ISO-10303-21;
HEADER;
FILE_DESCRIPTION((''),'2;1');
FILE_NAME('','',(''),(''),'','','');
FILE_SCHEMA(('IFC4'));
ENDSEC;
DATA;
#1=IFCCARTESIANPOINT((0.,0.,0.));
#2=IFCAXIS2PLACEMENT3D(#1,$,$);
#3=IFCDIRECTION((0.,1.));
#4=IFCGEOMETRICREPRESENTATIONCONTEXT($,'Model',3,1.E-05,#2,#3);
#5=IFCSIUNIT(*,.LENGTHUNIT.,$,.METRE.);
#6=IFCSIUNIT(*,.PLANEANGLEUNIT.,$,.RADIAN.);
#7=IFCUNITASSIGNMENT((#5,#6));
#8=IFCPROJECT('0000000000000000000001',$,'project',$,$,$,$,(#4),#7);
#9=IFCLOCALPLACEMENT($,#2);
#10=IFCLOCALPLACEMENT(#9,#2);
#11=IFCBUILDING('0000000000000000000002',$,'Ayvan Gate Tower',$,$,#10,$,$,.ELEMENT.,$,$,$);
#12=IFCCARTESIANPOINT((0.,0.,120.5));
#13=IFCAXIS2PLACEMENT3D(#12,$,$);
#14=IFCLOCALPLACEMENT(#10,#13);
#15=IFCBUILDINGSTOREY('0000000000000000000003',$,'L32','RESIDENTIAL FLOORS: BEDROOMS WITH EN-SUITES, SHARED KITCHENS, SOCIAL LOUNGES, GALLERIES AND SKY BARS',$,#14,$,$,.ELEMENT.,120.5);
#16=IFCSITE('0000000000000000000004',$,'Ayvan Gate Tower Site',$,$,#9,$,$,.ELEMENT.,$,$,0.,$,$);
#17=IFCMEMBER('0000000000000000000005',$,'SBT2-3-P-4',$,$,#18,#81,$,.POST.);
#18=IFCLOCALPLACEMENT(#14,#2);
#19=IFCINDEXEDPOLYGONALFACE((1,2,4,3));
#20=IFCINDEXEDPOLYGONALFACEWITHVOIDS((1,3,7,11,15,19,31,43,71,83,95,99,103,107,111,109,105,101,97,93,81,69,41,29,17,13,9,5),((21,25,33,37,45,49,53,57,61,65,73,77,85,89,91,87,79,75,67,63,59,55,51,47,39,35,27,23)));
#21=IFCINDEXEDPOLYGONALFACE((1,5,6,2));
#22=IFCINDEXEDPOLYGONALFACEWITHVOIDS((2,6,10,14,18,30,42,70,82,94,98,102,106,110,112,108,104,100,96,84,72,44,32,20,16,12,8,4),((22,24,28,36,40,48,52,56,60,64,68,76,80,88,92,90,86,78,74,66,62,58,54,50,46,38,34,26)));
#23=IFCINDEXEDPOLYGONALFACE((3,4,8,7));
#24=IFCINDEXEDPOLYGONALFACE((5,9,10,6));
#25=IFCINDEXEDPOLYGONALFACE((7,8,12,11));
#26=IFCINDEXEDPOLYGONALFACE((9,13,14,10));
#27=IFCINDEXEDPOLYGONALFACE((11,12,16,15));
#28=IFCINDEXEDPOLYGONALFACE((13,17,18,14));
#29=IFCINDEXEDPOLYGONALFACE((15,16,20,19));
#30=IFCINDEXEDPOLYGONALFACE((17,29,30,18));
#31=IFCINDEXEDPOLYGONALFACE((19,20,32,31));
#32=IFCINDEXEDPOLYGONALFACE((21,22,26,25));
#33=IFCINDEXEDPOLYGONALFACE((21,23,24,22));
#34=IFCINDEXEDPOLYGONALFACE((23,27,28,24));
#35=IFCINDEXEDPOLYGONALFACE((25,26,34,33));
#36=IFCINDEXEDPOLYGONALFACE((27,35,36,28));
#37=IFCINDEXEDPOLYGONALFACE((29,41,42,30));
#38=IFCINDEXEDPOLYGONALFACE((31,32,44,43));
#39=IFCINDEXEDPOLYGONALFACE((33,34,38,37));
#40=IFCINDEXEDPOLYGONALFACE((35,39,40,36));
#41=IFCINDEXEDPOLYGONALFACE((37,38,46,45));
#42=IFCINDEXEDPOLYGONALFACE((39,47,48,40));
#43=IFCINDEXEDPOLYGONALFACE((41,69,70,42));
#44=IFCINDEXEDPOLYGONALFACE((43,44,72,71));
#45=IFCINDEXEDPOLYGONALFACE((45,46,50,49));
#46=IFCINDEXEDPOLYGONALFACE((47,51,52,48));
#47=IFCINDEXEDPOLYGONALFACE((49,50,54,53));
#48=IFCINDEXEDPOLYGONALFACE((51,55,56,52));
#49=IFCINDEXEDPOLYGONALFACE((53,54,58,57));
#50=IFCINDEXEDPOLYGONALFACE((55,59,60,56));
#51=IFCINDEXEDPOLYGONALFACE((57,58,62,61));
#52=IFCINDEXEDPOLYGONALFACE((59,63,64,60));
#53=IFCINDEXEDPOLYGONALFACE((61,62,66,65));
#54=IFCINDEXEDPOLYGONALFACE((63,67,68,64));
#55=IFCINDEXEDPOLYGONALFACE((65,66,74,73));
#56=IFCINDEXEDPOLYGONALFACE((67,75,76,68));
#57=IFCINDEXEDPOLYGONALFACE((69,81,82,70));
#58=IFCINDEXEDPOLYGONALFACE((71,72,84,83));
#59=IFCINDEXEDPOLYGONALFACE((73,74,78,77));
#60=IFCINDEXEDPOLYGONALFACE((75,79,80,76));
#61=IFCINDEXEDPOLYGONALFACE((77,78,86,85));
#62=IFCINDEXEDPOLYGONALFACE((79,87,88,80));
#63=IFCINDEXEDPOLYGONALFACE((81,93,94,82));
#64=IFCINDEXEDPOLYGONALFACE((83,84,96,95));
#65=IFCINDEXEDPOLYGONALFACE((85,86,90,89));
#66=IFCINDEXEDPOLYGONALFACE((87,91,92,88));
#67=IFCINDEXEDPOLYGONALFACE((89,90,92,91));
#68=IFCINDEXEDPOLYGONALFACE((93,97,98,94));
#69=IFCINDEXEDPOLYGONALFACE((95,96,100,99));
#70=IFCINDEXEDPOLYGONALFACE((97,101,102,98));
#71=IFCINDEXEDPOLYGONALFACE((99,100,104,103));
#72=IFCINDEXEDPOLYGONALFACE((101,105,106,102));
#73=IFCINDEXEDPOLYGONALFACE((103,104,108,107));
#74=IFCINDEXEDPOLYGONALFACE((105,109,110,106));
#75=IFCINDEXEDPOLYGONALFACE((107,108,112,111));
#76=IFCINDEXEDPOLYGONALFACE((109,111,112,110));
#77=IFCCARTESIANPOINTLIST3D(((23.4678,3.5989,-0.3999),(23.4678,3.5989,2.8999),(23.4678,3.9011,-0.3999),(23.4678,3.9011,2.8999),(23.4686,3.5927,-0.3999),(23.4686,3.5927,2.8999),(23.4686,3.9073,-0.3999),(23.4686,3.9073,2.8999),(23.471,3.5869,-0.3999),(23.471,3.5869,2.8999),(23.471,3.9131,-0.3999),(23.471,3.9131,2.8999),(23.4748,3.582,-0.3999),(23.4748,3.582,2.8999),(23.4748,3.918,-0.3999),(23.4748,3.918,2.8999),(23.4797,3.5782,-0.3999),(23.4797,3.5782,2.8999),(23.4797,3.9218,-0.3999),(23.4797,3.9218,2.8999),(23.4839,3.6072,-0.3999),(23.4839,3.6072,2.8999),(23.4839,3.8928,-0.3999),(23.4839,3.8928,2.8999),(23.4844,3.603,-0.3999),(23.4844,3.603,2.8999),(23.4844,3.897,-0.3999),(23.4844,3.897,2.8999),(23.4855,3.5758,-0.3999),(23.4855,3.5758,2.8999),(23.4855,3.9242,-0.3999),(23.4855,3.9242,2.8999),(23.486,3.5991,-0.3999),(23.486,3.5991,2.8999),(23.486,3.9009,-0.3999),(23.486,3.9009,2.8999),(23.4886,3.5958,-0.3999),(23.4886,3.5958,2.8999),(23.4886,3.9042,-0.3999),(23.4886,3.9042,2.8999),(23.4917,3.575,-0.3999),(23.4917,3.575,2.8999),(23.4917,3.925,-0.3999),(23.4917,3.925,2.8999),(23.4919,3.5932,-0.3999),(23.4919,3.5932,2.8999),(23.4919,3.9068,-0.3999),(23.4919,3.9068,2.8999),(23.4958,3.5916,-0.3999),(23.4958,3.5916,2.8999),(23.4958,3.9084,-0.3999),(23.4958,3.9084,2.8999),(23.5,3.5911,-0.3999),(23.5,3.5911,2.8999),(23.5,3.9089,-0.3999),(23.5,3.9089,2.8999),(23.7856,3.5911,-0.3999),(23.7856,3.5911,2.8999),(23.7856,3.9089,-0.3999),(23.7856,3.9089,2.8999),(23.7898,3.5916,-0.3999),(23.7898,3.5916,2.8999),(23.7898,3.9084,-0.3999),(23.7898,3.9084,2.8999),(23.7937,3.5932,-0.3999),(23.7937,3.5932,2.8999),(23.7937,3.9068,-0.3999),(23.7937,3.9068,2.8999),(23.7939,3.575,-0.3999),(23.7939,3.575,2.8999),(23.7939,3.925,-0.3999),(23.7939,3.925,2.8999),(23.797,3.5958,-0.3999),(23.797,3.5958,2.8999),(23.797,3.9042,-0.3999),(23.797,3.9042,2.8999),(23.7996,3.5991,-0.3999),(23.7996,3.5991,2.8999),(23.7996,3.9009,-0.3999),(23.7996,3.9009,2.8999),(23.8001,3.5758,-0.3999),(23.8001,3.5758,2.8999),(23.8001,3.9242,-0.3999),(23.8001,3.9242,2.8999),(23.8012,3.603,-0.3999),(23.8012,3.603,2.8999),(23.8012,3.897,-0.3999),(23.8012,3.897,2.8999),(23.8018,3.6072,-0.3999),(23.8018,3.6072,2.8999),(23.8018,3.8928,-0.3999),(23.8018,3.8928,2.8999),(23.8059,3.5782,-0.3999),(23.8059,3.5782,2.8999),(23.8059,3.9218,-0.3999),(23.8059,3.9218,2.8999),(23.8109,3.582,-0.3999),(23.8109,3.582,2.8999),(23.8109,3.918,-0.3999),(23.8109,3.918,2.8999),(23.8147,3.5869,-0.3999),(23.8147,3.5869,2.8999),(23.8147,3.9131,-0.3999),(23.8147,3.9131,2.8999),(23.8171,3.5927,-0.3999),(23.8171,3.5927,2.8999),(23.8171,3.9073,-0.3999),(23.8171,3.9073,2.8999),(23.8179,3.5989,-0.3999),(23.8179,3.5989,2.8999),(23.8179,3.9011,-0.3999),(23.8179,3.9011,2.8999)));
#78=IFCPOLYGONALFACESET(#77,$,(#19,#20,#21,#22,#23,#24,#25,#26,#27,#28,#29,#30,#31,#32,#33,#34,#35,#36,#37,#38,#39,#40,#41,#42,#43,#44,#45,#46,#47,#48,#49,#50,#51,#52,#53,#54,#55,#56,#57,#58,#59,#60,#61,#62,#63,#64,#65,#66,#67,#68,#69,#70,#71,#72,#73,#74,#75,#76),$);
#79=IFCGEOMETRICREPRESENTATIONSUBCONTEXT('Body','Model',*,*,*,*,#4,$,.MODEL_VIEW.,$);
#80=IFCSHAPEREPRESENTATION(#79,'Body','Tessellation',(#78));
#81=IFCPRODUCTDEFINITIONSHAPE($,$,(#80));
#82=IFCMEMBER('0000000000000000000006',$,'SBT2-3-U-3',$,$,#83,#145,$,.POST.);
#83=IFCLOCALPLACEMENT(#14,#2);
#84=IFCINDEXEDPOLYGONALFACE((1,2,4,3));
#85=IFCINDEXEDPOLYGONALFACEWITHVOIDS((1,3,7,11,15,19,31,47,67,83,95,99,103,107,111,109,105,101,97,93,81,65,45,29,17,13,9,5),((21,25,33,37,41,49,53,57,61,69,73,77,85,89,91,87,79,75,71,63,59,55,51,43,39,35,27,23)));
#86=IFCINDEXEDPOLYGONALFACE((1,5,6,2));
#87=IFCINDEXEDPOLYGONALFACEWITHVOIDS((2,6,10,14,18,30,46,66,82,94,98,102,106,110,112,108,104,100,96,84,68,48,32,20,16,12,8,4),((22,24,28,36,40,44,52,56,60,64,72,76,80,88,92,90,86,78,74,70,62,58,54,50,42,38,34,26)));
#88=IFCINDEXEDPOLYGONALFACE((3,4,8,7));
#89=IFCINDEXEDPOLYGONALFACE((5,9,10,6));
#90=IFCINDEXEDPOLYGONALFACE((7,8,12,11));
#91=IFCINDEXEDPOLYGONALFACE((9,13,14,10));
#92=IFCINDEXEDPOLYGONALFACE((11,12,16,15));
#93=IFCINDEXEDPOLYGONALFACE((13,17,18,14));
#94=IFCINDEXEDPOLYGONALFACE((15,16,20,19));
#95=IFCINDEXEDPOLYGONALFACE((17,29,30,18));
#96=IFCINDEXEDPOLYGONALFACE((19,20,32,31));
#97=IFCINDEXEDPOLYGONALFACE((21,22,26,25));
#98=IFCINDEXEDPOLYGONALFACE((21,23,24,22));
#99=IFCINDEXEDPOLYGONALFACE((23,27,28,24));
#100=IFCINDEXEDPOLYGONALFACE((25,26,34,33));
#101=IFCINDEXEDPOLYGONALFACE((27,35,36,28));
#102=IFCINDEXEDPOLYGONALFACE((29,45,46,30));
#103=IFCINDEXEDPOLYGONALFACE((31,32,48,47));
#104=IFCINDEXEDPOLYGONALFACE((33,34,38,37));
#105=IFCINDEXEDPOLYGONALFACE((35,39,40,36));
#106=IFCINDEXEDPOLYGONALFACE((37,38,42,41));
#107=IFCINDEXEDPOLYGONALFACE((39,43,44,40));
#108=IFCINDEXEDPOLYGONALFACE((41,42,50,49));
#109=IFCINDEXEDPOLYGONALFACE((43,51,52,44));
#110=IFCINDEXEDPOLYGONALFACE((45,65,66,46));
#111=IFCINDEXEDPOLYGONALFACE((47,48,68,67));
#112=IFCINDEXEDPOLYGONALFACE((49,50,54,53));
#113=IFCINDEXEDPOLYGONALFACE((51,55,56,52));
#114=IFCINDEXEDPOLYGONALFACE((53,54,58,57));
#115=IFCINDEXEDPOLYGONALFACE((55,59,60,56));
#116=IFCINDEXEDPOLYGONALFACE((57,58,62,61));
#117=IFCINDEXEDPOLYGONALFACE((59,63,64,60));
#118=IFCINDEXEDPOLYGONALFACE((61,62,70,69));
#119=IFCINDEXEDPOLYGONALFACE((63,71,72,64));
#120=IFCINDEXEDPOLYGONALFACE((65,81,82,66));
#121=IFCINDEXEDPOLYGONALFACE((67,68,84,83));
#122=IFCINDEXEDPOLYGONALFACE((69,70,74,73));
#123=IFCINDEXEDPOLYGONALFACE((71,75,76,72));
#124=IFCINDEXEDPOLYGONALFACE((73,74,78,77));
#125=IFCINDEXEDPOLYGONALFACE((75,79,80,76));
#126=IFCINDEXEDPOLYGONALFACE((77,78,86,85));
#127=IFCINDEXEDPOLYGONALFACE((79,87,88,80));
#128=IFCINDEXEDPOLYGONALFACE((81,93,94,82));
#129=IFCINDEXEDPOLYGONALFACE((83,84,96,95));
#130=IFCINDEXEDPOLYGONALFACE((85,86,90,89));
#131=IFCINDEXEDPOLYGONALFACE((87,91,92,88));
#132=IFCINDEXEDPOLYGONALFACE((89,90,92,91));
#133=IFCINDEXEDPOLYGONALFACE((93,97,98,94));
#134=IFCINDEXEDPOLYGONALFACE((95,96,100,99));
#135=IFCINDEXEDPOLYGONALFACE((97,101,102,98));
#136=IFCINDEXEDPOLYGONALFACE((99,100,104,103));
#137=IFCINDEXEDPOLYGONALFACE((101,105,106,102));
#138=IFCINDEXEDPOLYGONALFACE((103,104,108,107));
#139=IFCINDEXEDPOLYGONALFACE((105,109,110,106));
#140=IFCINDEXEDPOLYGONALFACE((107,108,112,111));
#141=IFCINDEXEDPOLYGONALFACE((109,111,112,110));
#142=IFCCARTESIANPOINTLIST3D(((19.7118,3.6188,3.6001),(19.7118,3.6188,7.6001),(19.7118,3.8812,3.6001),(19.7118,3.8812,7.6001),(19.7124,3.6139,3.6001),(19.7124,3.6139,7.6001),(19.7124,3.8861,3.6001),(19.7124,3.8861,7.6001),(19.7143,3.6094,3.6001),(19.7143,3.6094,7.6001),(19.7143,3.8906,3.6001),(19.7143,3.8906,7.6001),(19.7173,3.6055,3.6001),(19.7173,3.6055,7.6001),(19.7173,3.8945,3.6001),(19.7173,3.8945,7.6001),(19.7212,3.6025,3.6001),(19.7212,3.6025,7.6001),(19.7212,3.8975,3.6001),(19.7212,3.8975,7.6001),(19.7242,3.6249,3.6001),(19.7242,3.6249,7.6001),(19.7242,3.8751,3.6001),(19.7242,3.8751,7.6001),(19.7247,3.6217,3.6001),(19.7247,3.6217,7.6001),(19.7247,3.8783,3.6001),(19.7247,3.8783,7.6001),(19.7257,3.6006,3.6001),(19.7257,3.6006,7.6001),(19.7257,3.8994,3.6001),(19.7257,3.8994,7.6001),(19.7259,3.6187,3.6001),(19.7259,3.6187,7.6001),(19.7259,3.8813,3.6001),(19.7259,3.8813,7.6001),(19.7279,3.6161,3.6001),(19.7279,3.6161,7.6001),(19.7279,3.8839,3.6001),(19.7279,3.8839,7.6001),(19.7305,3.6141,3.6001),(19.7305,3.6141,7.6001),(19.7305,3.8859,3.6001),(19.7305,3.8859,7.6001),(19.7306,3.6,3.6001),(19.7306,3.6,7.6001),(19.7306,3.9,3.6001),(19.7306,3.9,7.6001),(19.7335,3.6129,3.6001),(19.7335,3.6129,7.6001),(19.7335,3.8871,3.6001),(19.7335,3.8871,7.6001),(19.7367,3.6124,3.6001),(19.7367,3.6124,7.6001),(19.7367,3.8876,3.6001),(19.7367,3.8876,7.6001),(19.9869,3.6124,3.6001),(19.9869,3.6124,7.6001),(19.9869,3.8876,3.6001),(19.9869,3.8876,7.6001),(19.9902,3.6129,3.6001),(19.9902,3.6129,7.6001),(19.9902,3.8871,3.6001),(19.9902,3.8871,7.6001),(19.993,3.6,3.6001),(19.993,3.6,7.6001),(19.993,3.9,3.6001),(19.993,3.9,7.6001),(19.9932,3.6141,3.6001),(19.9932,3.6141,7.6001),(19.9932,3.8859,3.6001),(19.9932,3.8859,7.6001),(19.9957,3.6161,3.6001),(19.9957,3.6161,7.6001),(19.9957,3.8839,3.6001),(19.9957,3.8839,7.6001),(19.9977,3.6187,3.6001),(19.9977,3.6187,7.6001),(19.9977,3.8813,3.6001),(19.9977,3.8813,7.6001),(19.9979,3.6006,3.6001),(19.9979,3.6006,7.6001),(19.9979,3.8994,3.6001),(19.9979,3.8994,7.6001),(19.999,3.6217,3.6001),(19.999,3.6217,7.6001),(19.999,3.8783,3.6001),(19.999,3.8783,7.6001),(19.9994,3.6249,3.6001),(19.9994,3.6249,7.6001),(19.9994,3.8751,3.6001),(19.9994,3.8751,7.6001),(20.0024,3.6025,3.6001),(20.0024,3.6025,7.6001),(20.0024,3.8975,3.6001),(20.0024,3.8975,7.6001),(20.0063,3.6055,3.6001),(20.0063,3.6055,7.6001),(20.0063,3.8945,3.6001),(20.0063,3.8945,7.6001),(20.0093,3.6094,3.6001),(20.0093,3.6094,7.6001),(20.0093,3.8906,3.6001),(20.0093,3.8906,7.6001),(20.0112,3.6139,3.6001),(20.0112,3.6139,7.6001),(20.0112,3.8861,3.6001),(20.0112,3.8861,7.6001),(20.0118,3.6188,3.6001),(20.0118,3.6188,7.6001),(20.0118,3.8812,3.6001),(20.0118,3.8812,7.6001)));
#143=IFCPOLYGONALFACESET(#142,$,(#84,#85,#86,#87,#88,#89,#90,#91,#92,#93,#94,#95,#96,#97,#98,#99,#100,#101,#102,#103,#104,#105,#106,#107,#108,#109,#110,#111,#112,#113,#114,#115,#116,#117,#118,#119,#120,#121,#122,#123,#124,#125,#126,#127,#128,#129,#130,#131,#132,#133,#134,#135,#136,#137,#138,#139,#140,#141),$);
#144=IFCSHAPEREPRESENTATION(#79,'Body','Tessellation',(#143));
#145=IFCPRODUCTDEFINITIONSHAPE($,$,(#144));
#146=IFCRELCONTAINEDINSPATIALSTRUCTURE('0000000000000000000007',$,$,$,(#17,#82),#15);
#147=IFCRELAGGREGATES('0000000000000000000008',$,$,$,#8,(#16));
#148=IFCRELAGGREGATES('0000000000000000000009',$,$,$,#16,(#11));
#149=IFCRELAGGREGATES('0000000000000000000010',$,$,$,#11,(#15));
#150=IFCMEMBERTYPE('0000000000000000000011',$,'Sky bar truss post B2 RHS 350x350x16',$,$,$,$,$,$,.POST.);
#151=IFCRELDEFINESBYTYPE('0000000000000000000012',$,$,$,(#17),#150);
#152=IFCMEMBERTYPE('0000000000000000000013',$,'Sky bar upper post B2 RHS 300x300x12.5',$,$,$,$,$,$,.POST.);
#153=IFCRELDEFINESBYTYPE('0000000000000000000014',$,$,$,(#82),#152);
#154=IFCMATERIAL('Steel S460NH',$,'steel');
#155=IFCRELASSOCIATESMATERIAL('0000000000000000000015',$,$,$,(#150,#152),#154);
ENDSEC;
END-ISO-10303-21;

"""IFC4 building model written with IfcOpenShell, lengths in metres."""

from ifc_helpers import new_model, si_unit, direction, frame, origin, origin_2d, place, context, subcontext, project, spatial, hollow_rectangle, extrude, material, material_profile, profile_set, type_object, element, save


model = new_model("IFC4")

# Units and contexts
model_context = context("Model", 3, precision=1e-05, world=origin(), true_north=direction((0.0, 1.0)))
body_context = subcontext(model_context, "Body", "Model", "MODEL_VIEW")
ifc_project = project(units=[si_unit("LENGTHUNIT", "METRE"), si_unit("PLANEANGLEUNIT", "RADIAN")], contexts=[model_context])

# Site, building, storey
site_placement = place(None, origin())
site = spatial("IfcSite", under=ifc_project, at=site_placement, Name="Ayvan Gate Tower Site", CompositionType="ELEMENT", RefElevation=0.0)
building_placement = place(site_placement, origin())
building = spatial("IfcBuilding", under=site, at=building_placement, Name="Ayvan Gate Tower", CompositionType="ELEMENT")
storey_placement = place(building_placement, frame((0.0, 0.0, 120.5)))
storey = spatial("IfcBuildingStorey", under=building, at=storey_placement, Name="L32", Description="RESIDENTIAL FLOORS: BEDROOMS WITH EN-SUITES, SHARED KITCHENS, SOCIAL LOUNGES, GALLERIES AND SKY BARS", CompositionType="ELEMENT", Elevation=120.5)

# Members
ifc_material_1 = material(Name="Steel S460NH", Category="steel")
ifc_material_profile_1 = material_profile(ifc_material_1, hollow_rectangle(XDim=0.3501, YDim=0.3501, WallThickness=0.0161, InnerFilletRadius=0.0161, OuterFilletRadius=0.0239, at=origin_2d()), Name="RHS 350x350x16")
ifc_profile_set_1 = profile_set([ifc_material_profile_1], Name="Steel S460NH")
member_type_1 = type_object("IfcMemberType", Name="Sky bar truss post B2 RHS 350x350x16", PredefinedType="POST", material=ifc_profile_set_1)
for number, where, z_axis, x_axis, name in (
    (1, (23.6428, 3.75, -0.3999), (0.0, 0.0, 1.0), (1.0, 0.0, 0.0), "SBT2-3-P-4"),
):
    element("IfcMember", number, at=place(storey_placement, frame(where, z_axis=z_axis, x_axis=x_axis)), inside=storey, type_object=member_type_1, Name=name, PredefinedType="POST", context=body_context, shape_type="SweptSolid", body=[
        extrude(hollow_rectangle(XDim=0.3501, YDim=0.3501, WallThickness=0.0161, InnerFilletRadius=0.0161, OuterFilletRadius=0.0239, at=origin_2d()), origin(), (0.0, 0.0, 1.0), 3.2998),
    ])
ifc_material_profile_2 = material_profile(ifc_material_1, hollow_rectangle(XDim=0.3, YDim=0.3, WallThickness=0.0125, InnerFilletRadius=0.0125, OuterFilletRadius=0.0188, at=origin_2d()), Name="RHS 300x300x12.5")
ifc_profile_set_2 = profile_set([ifc_material_profile_2], Name="Steel S460NH")
member_type_2 = type_object("IfcMemberType", Name="Sky bar upper post B2 RHS 300x300x12.5", PredefinedType="POST", material=ifc_profile_set_2)
for number, where, z_axis, x_axis, name in (
    (2, (19.8618, 3.75, 3.6001), (0.0, 0.0, 1.0), (1.0, 0.0, 0.0), "SBT2-3-U-3"),
):
    element("IfcMember", number, at=place(storey_placement, frame(where, z_axis=z_axis, x_axis=x_axis)), inside=storey, type_object=member_type_2, Name=name, PredefinedType="POST", context=body_context, shape_type="SweptSolid", body=[
        extrude(hollow_rectangle(XDim=0.3, YDim=0.3, WallThickness=0.0125, InnerFilletRadius=0.0125, OuterFilletRadius=0.0188, at=origin_2d()), origin(), (0.0, 0.0, 1.0), 4.0),
    ])

save(model, "model.ifc")
